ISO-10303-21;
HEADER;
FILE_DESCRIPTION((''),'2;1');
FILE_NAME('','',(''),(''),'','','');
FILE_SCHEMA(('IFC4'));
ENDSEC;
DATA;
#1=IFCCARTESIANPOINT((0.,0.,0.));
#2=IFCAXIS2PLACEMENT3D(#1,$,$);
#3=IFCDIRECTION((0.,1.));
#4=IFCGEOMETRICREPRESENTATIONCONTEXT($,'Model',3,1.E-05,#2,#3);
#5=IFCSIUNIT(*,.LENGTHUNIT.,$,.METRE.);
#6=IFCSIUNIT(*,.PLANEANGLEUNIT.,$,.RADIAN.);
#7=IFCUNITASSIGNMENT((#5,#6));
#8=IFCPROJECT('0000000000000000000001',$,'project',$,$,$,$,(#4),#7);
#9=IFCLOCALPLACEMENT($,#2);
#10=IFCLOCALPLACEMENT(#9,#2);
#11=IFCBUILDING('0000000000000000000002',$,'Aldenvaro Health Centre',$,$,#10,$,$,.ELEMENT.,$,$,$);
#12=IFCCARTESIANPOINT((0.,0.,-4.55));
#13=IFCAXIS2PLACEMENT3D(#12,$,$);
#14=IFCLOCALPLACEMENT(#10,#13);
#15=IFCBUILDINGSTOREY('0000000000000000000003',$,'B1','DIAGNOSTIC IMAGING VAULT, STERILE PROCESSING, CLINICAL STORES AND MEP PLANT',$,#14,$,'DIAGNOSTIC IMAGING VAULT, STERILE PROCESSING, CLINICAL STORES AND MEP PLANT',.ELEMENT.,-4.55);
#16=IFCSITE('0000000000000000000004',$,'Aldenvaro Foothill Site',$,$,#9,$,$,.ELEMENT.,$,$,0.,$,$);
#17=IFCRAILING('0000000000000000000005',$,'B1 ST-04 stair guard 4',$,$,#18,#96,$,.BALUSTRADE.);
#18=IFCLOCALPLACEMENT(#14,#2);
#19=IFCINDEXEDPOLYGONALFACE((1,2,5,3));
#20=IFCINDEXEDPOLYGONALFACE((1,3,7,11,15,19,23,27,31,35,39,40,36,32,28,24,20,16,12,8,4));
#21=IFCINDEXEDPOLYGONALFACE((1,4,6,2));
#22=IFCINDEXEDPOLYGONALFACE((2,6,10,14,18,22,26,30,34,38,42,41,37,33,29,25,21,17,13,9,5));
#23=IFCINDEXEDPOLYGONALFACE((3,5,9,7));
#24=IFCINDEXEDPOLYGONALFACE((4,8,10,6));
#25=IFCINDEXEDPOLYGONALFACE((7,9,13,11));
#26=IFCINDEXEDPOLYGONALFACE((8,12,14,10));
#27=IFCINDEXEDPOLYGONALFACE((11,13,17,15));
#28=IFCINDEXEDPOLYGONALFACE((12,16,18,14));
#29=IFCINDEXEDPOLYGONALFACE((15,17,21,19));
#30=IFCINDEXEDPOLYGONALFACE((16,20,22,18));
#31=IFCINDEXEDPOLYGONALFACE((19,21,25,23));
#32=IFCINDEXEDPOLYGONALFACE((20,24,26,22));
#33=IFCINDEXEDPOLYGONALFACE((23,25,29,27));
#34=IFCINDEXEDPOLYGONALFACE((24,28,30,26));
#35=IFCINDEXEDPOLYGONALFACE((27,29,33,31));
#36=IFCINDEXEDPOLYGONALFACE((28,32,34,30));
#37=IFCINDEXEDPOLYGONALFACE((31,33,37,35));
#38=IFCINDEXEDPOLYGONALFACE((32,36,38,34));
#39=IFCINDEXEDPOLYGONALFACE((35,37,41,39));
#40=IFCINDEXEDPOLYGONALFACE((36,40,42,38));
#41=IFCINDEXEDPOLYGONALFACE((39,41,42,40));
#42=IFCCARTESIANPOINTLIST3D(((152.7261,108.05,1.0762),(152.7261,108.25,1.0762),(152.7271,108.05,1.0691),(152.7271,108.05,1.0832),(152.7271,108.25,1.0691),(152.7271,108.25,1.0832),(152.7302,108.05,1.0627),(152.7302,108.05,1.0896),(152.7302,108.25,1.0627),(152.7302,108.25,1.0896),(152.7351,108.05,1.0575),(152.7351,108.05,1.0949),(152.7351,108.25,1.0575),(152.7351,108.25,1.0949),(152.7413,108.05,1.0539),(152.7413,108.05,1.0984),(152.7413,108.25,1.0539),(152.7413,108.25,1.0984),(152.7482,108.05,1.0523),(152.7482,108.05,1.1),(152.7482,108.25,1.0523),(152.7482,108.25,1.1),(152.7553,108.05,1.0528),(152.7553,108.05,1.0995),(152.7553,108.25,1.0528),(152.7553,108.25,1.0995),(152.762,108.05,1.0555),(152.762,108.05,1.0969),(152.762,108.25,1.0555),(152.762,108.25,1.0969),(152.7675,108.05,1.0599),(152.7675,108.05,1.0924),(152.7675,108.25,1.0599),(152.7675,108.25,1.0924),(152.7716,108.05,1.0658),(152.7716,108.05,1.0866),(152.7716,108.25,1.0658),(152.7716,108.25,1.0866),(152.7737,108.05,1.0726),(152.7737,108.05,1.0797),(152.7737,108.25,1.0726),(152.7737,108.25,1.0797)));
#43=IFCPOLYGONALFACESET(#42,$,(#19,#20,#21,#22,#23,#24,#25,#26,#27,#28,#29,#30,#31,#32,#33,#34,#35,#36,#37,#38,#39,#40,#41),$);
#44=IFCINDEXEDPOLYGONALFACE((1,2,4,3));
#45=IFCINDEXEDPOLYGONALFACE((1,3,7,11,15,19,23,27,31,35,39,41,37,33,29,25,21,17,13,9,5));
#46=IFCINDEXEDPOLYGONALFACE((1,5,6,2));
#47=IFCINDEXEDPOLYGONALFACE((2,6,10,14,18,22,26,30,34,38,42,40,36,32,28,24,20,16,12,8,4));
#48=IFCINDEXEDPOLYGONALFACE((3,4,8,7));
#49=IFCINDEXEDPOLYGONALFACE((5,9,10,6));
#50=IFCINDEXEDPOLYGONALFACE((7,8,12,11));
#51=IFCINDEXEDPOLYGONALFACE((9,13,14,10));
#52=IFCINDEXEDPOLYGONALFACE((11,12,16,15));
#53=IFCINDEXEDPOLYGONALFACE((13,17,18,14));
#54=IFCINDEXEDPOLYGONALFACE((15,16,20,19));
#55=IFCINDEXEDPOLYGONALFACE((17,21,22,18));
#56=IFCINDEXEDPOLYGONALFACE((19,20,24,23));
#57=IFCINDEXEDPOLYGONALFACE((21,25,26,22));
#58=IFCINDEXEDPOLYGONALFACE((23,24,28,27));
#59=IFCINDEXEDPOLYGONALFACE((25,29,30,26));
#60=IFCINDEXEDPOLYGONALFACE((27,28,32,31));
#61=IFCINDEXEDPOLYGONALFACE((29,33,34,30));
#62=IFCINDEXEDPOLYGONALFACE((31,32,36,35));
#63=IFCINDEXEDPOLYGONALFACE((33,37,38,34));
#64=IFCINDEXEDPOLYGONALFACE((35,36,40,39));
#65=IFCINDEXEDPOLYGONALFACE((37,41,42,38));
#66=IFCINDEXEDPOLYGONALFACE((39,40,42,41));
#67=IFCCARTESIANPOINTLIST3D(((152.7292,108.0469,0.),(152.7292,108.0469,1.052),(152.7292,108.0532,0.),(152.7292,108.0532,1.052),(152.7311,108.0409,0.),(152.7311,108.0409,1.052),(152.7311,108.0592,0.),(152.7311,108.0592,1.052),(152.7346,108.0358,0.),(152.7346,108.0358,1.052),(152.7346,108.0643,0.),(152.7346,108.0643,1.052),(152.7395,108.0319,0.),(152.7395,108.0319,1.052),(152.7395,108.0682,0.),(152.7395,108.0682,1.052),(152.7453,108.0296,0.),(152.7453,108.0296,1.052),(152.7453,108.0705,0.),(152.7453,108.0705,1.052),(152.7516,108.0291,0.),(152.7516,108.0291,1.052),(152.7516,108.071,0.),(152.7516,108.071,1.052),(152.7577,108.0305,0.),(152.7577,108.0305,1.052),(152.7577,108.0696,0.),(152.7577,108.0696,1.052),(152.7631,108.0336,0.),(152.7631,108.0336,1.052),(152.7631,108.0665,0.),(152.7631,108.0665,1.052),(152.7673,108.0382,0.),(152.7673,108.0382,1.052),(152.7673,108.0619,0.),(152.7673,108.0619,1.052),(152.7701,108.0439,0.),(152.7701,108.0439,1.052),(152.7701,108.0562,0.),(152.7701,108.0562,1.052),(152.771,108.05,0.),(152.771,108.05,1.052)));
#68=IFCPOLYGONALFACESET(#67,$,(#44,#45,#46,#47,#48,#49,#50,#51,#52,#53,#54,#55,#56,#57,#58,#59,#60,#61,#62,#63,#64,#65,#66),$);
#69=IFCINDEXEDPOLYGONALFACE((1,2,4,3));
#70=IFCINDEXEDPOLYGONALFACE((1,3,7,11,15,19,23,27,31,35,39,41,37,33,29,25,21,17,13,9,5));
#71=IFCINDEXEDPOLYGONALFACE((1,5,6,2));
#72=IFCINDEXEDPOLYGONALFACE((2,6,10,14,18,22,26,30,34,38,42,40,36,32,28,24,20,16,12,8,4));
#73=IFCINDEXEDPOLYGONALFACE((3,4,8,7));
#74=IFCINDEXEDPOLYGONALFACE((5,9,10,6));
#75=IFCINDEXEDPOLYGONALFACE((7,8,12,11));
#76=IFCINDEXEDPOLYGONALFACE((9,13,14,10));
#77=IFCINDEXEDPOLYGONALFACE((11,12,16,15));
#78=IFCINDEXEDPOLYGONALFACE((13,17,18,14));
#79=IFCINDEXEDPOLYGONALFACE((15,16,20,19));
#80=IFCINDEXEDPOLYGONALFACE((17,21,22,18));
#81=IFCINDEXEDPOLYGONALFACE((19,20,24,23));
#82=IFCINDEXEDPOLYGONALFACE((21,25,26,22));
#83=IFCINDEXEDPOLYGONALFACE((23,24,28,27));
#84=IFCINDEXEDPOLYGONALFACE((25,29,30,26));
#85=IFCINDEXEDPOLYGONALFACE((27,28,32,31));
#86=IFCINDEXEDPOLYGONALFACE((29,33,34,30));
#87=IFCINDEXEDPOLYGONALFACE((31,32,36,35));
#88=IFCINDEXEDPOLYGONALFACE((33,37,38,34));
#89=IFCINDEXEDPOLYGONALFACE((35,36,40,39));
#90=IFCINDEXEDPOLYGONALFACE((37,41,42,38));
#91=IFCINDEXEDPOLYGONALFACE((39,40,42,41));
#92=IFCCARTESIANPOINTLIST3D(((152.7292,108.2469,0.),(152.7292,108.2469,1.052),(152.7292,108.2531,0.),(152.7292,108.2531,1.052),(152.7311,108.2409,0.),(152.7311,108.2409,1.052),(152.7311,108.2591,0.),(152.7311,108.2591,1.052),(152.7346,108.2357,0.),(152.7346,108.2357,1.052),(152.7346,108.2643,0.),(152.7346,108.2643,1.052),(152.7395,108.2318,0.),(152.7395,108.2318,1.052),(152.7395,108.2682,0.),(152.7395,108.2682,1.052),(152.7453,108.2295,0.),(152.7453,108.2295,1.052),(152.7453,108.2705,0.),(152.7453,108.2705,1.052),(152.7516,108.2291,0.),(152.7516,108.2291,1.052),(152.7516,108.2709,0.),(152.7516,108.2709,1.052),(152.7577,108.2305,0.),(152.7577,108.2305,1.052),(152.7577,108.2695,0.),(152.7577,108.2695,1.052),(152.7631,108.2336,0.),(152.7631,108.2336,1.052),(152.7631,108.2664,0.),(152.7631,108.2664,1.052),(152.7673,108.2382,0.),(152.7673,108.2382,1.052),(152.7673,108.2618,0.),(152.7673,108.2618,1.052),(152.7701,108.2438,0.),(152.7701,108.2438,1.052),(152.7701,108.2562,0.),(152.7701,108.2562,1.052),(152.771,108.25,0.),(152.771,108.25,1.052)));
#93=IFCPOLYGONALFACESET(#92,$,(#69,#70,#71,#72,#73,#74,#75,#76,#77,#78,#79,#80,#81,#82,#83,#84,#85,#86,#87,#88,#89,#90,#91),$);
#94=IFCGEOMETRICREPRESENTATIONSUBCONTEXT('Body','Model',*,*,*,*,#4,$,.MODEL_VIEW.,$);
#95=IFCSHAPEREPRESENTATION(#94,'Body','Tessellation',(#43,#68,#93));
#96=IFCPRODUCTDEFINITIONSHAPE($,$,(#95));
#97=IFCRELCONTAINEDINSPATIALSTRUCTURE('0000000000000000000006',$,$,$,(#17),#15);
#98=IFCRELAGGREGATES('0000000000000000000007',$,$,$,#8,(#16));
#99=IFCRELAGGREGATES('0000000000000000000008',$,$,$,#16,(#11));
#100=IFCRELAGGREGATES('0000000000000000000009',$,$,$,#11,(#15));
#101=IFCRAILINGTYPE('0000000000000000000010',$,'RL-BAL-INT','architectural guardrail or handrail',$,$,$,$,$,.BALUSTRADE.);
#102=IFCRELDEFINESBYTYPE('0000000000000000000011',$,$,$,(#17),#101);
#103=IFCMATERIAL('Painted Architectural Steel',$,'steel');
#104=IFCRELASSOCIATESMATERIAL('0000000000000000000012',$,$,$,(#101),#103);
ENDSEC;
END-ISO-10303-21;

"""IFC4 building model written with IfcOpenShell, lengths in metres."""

from ifc_helpers import new_model, si_unit, direction, frame, origin, origin_2d, place, context, subcontext, project, spatial, circle, extrude, material, type_object, element, save


model = new_model("IFC4")

# Units and contexts
model_context = context("Model", 3, precision=1e-05, world=origin(), true_north=direction((0.0, 1.0)))
body_context = subcontext(model_context, "Body", "Model", "MODEL_VIEW")
ifc_project = project(units=[si_unit("LENGTHUNIT", "METRE"), si_unit("PLANEANGLEUNIT", "RADIAN")], contexts=[model_context])

# Site, building, storey
site_placement = place(None, origin())
site = spatial("IfcSite", under=ifc_project, at=site_placement, Name="Aldenvaro Foothill Site", CompositionType="ELEMENT", RefElevation=0.0)
building_placement = place(site_placement, origin())
building = spatial("IfcBuilding", under=site, at=building_placement, Name="Aldenvaro Health Centre", CompositionType="ELEMENT")
storey_placement = place(building_placement, frame((0.0, 0.0, -4.55)))
storey = spatial("IfcBuildingStorey", under=building, at=storey_placement, Name="B1", Description="DIAGNOSTIC IMAGING VAULT, STERILE PROCESSING, CLINICAL STORES AND MEP PLANT", LongName="DIAGNOSTIC IMAGING VAULT, STERILE PROCESSING, CLINICAL STORES AND MEP PLANT", CompositionType="ELEMENT", Elevation=-4.55)

# Railing
ifc_material_1 = material(Name="Painted Architectural Steel", Category="steel")
railing_type_1 = type_object("IfcRailingType", Name="RL-BAL-INT", Description="architectural guardrail or handrail", PredefinedType="BALUSTRADE", material=ifc_material_1)
railing_1_placement = place(storey_placement, frame((152.75, 108.05, 0.0)))
element("IfcRailing", 1, at=railing_1_placement, inside=storey, type_object=railing_type_1, Name="B1 ST-04 stair guard 4", PredefinedType="BALUSTRADE", context=body_context, shape_type="SweptSolid", body=[
    extrude(circle(Radius=0.0239, at=origin_2d()), frame((0.0, 0.0, 1.0762), z_axis=(0.0, 1.0, 0.0), x_axis=(-1.0, 0.0, 0.0)), (0.0, 0.0, 1.0), 0.2),
    extrude(circle(Radius=0.021, at=origin_2d()), origin(), (0.0, 0.0, 1.0), 1.052),
    extrude(circle(Radius=0.021, at=origin_2d()), frame((0.0, 0.2, 0.0)), (0.0, 0.0, 1.0), 1.052),
])

save(model, "model.ifc")
